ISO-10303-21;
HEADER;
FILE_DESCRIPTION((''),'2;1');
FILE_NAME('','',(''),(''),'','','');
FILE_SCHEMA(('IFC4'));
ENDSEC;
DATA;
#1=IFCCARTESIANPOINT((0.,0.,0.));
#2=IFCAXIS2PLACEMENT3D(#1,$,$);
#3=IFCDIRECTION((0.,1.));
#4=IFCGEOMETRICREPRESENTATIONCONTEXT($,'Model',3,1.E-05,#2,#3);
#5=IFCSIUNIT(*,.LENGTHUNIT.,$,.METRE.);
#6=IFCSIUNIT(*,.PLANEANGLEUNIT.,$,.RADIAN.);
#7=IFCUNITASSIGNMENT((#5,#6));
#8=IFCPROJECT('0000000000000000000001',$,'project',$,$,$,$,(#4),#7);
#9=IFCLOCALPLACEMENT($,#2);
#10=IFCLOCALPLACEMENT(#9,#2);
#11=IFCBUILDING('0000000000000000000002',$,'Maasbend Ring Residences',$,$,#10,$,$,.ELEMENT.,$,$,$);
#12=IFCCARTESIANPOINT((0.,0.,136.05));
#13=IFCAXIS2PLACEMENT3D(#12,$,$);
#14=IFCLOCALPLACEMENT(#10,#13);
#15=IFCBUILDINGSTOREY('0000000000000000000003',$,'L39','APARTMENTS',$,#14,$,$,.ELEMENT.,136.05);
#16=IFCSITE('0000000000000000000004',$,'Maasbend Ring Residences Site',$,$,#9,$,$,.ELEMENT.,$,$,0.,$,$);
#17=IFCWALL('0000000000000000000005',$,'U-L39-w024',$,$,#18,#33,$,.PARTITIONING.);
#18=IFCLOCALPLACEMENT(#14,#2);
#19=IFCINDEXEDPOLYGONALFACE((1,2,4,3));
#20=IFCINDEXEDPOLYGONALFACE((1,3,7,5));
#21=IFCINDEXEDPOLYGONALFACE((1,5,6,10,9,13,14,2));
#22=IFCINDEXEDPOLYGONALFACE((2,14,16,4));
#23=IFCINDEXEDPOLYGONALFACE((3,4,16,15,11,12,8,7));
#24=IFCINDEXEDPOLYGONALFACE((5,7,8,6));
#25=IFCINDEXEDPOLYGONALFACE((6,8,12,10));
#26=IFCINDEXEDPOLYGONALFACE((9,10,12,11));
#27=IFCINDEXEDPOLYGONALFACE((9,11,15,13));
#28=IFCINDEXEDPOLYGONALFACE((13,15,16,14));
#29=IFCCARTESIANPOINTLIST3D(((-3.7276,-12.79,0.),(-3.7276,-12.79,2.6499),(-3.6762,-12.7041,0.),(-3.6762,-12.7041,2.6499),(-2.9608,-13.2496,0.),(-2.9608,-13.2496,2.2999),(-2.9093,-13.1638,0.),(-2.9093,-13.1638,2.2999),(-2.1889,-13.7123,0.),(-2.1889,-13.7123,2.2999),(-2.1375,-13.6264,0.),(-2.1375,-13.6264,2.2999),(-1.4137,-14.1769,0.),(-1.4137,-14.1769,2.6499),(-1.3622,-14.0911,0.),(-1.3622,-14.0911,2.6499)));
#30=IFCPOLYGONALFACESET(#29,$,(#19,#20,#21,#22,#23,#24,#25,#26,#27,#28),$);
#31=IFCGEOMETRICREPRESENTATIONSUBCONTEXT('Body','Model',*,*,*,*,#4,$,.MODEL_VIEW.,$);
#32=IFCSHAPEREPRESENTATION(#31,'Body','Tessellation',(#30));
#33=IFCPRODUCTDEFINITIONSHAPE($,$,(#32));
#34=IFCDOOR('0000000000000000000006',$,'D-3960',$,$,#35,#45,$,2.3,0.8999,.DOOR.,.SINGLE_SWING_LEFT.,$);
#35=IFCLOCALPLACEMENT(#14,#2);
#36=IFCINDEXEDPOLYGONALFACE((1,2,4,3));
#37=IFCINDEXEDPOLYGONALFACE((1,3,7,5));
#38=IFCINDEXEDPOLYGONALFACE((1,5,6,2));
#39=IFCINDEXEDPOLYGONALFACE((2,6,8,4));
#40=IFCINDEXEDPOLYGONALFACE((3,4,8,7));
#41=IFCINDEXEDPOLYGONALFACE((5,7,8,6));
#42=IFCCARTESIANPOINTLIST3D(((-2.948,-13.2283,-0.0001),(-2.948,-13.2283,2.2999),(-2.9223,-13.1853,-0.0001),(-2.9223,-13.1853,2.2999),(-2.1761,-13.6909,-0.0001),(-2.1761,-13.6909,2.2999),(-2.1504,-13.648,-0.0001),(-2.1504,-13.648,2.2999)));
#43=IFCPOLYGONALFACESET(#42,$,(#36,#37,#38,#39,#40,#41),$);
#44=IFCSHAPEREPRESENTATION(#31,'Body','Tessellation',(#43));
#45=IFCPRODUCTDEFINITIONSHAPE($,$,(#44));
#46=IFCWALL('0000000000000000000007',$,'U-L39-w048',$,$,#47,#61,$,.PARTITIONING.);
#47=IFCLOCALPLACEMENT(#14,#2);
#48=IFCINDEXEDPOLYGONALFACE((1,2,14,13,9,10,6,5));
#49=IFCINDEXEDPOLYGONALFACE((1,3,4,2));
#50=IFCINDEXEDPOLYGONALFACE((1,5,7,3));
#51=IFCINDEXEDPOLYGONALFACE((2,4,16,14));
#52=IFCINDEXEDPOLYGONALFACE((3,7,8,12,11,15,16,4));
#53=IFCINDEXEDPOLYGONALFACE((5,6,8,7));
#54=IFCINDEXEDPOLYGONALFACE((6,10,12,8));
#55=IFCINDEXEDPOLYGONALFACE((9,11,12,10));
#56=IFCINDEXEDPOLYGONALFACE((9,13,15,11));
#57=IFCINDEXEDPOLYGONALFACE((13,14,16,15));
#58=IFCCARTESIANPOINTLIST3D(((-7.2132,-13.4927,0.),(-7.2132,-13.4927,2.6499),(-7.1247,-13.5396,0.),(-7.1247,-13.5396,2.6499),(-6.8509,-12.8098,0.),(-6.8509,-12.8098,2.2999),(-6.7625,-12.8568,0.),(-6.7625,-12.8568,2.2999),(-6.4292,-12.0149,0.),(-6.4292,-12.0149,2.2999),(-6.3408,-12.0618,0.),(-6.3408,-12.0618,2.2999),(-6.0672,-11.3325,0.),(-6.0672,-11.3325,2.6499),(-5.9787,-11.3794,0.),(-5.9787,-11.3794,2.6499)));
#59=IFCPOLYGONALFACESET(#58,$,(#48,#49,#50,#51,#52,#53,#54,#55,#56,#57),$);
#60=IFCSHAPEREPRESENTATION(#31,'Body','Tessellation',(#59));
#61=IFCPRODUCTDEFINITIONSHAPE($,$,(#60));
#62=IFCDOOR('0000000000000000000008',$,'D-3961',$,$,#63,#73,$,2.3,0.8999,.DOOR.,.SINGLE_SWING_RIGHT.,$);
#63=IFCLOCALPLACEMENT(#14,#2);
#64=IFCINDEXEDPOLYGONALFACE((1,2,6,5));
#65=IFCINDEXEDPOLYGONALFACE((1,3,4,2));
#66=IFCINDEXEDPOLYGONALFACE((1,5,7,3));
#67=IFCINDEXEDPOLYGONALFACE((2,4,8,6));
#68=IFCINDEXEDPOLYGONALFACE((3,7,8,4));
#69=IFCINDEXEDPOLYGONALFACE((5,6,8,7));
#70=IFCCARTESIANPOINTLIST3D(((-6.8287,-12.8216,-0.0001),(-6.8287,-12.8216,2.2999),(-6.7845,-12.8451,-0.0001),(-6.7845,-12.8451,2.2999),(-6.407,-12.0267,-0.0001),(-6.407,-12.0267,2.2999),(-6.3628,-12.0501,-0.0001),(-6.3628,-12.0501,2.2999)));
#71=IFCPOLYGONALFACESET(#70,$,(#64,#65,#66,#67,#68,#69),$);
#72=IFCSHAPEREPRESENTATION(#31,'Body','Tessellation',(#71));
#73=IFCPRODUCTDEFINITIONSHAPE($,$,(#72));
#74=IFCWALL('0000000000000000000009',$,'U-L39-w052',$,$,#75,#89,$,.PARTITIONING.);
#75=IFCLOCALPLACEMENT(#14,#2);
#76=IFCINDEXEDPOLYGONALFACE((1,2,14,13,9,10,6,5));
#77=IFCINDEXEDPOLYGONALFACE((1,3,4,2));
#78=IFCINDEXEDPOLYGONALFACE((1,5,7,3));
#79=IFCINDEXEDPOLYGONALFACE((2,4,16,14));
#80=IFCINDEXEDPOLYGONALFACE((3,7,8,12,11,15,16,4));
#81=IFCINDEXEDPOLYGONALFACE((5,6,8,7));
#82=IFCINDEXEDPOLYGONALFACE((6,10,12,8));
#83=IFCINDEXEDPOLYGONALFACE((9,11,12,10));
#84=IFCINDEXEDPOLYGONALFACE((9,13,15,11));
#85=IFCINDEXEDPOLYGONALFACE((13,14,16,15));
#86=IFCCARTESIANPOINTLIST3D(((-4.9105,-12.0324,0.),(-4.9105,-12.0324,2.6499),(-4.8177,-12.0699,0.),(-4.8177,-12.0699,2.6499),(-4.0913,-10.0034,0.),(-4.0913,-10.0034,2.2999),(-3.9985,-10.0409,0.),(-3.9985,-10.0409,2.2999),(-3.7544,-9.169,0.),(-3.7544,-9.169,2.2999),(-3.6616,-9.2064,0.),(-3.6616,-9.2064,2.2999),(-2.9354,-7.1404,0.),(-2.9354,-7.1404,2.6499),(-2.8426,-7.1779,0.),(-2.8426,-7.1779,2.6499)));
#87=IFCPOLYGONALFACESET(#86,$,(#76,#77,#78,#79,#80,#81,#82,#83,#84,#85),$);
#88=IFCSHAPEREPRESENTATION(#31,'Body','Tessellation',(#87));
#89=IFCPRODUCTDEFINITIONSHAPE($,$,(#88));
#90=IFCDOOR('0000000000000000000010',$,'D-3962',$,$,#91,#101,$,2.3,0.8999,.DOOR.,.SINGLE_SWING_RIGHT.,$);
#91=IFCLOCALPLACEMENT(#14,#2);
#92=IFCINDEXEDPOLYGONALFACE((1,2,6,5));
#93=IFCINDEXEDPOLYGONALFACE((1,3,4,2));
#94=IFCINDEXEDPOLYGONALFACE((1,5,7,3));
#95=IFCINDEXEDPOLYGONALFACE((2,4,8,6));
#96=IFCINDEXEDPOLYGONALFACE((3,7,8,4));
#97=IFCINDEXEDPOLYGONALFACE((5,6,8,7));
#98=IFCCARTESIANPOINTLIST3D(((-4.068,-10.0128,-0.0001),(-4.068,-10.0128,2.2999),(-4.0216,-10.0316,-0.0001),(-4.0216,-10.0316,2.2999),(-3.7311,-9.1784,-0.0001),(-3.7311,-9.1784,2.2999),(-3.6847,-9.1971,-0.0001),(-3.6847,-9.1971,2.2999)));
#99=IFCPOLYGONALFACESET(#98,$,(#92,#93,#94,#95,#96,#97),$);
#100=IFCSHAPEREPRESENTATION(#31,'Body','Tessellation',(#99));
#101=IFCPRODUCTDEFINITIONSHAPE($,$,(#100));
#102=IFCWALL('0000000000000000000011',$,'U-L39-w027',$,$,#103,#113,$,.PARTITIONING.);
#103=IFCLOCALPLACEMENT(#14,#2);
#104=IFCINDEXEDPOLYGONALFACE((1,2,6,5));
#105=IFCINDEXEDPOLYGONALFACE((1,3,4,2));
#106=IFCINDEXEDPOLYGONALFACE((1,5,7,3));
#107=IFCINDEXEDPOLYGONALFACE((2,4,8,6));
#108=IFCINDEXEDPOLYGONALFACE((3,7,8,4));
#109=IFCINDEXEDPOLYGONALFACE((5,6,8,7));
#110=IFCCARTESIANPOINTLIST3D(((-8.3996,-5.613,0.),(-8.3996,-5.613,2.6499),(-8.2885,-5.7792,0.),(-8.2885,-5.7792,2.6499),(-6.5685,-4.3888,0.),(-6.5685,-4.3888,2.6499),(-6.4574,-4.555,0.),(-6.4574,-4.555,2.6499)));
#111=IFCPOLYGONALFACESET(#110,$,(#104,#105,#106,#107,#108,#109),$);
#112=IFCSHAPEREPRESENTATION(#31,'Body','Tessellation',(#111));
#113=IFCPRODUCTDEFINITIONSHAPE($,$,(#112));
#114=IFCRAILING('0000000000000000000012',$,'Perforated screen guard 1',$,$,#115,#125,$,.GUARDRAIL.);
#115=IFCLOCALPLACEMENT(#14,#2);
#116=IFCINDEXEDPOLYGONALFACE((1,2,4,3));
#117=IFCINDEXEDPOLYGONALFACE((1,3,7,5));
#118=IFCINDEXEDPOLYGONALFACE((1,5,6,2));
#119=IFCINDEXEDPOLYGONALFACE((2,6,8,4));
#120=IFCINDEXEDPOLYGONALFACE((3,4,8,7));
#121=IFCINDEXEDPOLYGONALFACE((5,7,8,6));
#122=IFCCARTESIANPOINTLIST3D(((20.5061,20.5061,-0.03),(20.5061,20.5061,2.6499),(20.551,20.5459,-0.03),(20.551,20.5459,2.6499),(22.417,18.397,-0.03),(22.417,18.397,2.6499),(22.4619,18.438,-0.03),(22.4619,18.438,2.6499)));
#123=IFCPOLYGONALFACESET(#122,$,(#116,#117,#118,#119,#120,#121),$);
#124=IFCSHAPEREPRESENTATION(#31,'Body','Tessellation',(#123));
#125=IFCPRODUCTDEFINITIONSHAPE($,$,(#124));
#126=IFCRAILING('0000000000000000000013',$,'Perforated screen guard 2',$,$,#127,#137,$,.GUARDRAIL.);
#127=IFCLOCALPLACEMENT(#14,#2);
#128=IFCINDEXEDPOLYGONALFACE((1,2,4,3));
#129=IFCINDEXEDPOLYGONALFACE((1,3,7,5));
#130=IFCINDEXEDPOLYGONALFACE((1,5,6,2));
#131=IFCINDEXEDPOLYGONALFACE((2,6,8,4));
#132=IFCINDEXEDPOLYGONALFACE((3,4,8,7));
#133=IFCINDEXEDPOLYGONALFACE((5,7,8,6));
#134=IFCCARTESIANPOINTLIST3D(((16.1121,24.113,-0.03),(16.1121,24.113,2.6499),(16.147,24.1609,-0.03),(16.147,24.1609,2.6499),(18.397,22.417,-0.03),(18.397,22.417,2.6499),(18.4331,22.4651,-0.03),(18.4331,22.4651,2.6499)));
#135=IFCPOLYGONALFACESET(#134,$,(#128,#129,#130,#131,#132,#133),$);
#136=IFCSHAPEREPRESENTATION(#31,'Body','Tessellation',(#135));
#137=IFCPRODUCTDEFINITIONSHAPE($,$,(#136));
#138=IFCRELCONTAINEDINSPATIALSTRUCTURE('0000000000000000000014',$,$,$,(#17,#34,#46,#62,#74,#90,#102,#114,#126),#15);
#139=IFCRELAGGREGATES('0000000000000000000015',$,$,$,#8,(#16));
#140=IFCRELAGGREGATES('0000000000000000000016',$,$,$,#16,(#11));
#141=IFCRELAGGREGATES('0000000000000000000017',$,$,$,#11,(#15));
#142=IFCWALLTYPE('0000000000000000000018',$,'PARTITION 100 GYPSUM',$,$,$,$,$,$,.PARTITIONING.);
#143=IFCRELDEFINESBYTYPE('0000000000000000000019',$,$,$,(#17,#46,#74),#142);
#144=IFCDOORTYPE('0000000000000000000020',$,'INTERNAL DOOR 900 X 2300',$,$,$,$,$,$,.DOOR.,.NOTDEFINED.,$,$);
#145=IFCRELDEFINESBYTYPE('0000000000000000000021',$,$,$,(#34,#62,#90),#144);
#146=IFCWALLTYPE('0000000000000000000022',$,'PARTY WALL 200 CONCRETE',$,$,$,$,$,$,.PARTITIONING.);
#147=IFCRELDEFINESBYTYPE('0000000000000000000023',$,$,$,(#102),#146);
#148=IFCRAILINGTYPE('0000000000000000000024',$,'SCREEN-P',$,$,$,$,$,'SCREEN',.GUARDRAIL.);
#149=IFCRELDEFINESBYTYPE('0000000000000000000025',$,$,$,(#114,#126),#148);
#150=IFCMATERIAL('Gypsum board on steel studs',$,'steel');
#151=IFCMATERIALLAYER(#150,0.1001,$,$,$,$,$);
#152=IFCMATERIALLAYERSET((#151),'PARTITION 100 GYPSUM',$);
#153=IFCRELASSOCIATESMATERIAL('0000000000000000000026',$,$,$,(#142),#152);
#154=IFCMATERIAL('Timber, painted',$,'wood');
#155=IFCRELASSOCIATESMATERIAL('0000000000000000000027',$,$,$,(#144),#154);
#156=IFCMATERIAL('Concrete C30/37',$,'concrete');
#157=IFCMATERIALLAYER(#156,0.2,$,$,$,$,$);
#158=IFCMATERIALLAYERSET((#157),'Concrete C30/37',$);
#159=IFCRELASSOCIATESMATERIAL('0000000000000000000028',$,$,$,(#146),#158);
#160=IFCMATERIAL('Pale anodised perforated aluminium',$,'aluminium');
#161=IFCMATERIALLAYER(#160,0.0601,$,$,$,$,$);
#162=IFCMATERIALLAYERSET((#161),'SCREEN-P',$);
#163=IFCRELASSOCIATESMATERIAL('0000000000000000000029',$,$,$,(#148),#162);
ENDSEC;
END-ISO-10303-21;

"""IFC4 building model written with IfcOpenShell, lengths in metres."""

from ifc_helpers import new_model, si_unit, direction, frame, frame_2d, origin, place, context, subcontext, project, spatial, polyline, rectangle, outline, extrude, material, layer, layer_set, type_object, element, fill, save


model = new_model("IFC4")

# Units and contexts
model_context = context("Model", 3, precision=1e-05, world=origin(), true_north=direction((0.0, 1.0)))
body_context = subcontext(model_context, "Body", "Model", "MODEL_VIEW")
ifc_project = project(units=[si_unit("LENGTHUNIT", "METRE"), si_unit("PLANEANGLEUNIT", "RADIAN")], contexts=[model_context])

# Site, building, storey
site_placement = place(None, origin())
site = spatial("IfcSite", under=ifc_project, at=site_placement, Name="Maasbend Ring Residences Site", CompositionType="ELEMENT", RefElevation=0.0)
building_placement = place(site_placement, origin())
building = spatial("IfcBuilding", under=site, at=building_placement, Name="Maasbend Ring Residences", CompositionType="ELEMENT")
storey_placement = place(building_placement, frame((0.0, 0.0, 136.05)))
storey = spatial("IfcBuildingStorey", under=building, at=storey_placement, Name="L39", Description="APARTMENTS", CompositionType="ELEMENT", Elevation=136.05)

# Walls, openings, doors
ifc_material_1 = material(Name="Gypsum board on steel studs", Category="steel")
ifc_layer_1 = layer(ifc_material_1, 0.1001)
ifc_layer_set_1 = layer_set([ifc_layer_1], Name="PARTITION 100 GYPSUM")
wall_type_1 = type_object("IfcWallType", Name="PARTITION 100 GYPSUM", PredefinedType="PARTITIONING", material=ifc_layer_set_1)
wall_1_placement = place(storey_placement, frame((-3.7019, -12.7471, 0.0), z_axis=(0.0, 0.0, 1.0), x_axis=(0.857724, -0.51411, 0.0)))
wall_1 = element("IfcWall", 1, at=wall_1_placement, inside=storey, type_object=wall_type_1, Name="U-L39-w024", PredefinedType="PARTITIONING", context=body_context, shape_type="SweptSolid", body=[
    extrude(rectangle(XDim=2.6978, YDim=0.1001, at=frame_2d((1.3489, 0.0))), origin(), (0.0, 0.0, 1.0), 2.6499),
])
opening_1_placement = place(wall_1_placement, frame((0.894, 0.0, 0.0)))
opening_1 = element("IfcOpeningElement", 2, at=opening_1_placement, cuts=wall_1, PredefinedType="OPENING", context=body_context, shape_type="SweptSolid", body=[
    extrude(rectangle(XDim=0.8999, YDim=2.3, at=frame_2d((0.45, 1.1499))), frame((0.0, 0.0601, 0.0), z_axis=(0.0, -1.0, 0.0), x_axis=(1.0, 0.0, 0.0)), (0.0, 0.0, 1.0), 0.1201),
])
ifc_material_2 = material(Name="Timber, painted", Category="wood")
door_type = type_object("IfcDoorType", Name="INTERNAL DOOR 900 X 2300", OperationType="NOTDEFINED", PredefinedType="DOOR", material=ifc_material_2)
door_1_placement = place(opening_1_placement, origin())
door_1 = element("IfcDoor", 3, at=door_1_placement, inside=storey, type_object=door_type, Name="D-3960", OperationType="SINGLE_SWING_LEFT", OverallHeight=2.3, OverallWidth=0.8999, PredefinedType="DOOR", context=body_context, shape_type="SweptSolid", body=[
    extrude(rectangle(XDim=0.8999, YDim=2.3, at=frame_2d((0.45, 1.1499))), frame((0.0, 0.0249, 0.0), z_axis=(0.0, -1.0, 0.0), x_axis=(1.0, 0.0, 0.0)), (0.0, 0.0, 1.0), 0.05),
])
fill(opening_1, door_1)
wall_2_placement = place(storey_placement, frame((-7.1689, -13.5161, 0.0), z_axis=(0.0, 0.0, 1.0), x_axis=(0.468649, 0.883384, 0.0)))
wall_2 = element("IfcWall", 4, at=wall_2_placement, inside=storey, type_object=wall_type_1, Name="U-L39-w048", PredefinedType="PARTITIONING", context=body_context, shape_type="SweptSolid", body=[
    extrude(rectangle(XDim=2.4453, YDim=0.1001, at=frame_2d((1.2227, 0.0))), origin(), (0.0, 0.0, 1.0), 2.6499),
])
opening_2_placement = place(wall_2_placement, frame((0.7729, 0.0, 0.0)))
opening_2 = element("IfcOpeningElement", 5, at=opening_2_placement, cuts=wall_2, PredefinedType="OPENING", context=body_context, shape_type="SweptSolid", body=[
    extrude(rectangle(XDim=0.8999, YDim=2.3, at=frame_2d((0.45, 1.1499))), frame((0.0, 0.0601, 0.0), z_axis=(0.0, -1.0, 0.0), x_axis=(1.0, 0.0, 0.0)), (0.0, 0.0, 1.0), 0.1201),
])
door_2_placement = place(opening_2_placement, origin())
door_2 = element("IfcDoor", 6, at=door_2_placement, inside=storey, type_object=door_type, Name="D-3961", OperationType="SINGLE_SWING_RIGHT", OverallHeight=2.3, OverallWidth=0.8999, PredefinedType="DOOR", context=body_context, shape_type="SweptSolid", body=[
    extrude(rectangle(XDim=0.8999, YDim=2.3, at=frame_2d((0.45, 1.1499))), frame((0.0, 0.0249, 0.0), z_axis=(0.0, -1.0, 0.0), x_axis=(1.0, 0.0, 0.0)), (0.0, 0.0, 1.0), 0.05),
])
fill(opening_2, door_2)
wall_3_placement = place(storey_placement, frame((-4.864, -12.051, 0.0), z_axis=(0.0, 0.0, 1.0), x_axis=(0.374373, 0.927278, 0.0)))
wall_3 = element("IfcWall", 7, at=wall_3_placement, inside=storey, type_object=wall_type_1, Name="U-L39-w052", PredefinedType="PARTITIONING", context=body_context, shape_type="SweptSolid", body=[
    extrude(rectangle(XDim=5.2756, YDim=0.1001, at=frame_2d((2.6377, 0.0))), origin(), (0.0, 0.0, 1.0), 2.6499),
])
opening_3_placement = place(wall_3_placement, frame((2.188, 0.0, 0.0)))
opening_3 = element("IfcOpeningElement", 8, at=opening_3_placement, cuts=wall_3, PredefinedType="OPENING", context=body_context, shape_type="SweptSolid", body=[
    extrude(rectangle(XDim=0.8999, YDim=2.3, at=frame_2d((0.45, 1.1499))), frame((0.0, 0.0601, 0.0), z_axis=(0.0, -1.0, 0.0), x_axis=(1.0, 0.0, 0.0)), (0.0, 0.0, 1.0), 0.1201),
])
door_3_placement = place(opening_3_placement, origin())
door_3 = element("IfcDoor", 9, at=door_3_placement, inside=storey, type_object=door_type, Name="D-3962", OperationType="SINGLE_SWING_RIGHT", OverallHeight=2.3, OverallWidth=0.8999, PredefinedType="DOOR", context=body_context, shape_type="SweptSolid", body=[
    extrude(rectangle(XDim=0.8999, YDim=2.3, at=frame_2d((0.45, 1.1499))), frame((0.0, 0.0249, 0.0), z_axis=(0.0, -1.0, 0.0), x_axis=(1.0, 0.0, 0.0)), (0.0, 0.0, 1.0), 0.05),
])
fill(opening_3, door_3)

# Wall
ifc_material_3 = material(Name="Concrete C30/37", Category="concrete")
ifc_layer_2 = layer(ifc_material_3, 0.2)
ifc_layer_set_2 = layer_set([ifc_layer_2], Name="Concrete C30/37")
wall_type_2 = type_object("IfcWallType", Name="PARTY WALL 200 CONCRETE", PredefinedType="PARTITIONING", material=ifc_layer_set_2)
wall_4_placement = place(storey_placement, frame((-6.5129, -4.4719, 0.0), z_axis=(0.0, 0.0, 1.0), x_axis=(-0.831333, -0.555774, 0.0)))
element("IfcWall", 10, at=wall_4_placement, inside=storey, type_object=wall_type_2, Name="U-L39-w027", PredefinedType="PARTITIONING", context=body_context, shape_type="SweptSolid", body=[
    extrude(rectangle(XDim=2.2026, YDim=0.2, at=frame_2d((1.1013, 0.0))), origin(), (0.0, 0.0, 1.0), 2.6499),
])

# Railings
ifc_material_4 = material(Name="Pale anodised perforated aluminium", Category="aluminium")
ifc_layer_3 = layer(ifc_material_4, 0.0601)
ifc_layer_set_3 = layer_set([ifc_layer_3], Name="SCREEN-P")
railing_type = type_object("IfcRailingType", Name="SCREEN-P", ElementType="SCREEN", PredefinedType="GUARDRAIL", material=ifc_layer_set_3)
railing_1_placement = place(storey_placement, frame((0.0, 0.0, -0.03)))
element("IfcRailing", 11, at=railing_1_placement, inside=storey, type_object=railing_type, Name="Perforated screen guard 1", PredefinedType="GUARDRAIL", context=body_context, shape_type="SweptSolid", body=[
    extrude(outline(polyline([(22.417, 18.397), (20.5061, 20.5061), (20.551, 20.5459), (22.4619, 18.438), (22.417, 18.397)])), origin(), (0.0, 0.0, 1.0), 2.6799),
])
railing_2_placement = place(storey_placement, frame((0.0, 0.0, -0.03)))
element("IfcRailing", 12, at=railing_2_placement, inside=storey, type_object=railing_type, Name="Perforated screen guard 2", PredefinedType="GUARDRAIL", context=body_context, shape_type="SweptSolid", body=[
    extrude(outline(polyline([(18.397, 22.417), (16.1121, 24.113), (16.147, 24.1609), (18.4331, 22.4651), (18.397, 22.417)])), origin(), (0.0, 0.0, 1.0), 2.6799),
])

save(model, "model.ifc")
